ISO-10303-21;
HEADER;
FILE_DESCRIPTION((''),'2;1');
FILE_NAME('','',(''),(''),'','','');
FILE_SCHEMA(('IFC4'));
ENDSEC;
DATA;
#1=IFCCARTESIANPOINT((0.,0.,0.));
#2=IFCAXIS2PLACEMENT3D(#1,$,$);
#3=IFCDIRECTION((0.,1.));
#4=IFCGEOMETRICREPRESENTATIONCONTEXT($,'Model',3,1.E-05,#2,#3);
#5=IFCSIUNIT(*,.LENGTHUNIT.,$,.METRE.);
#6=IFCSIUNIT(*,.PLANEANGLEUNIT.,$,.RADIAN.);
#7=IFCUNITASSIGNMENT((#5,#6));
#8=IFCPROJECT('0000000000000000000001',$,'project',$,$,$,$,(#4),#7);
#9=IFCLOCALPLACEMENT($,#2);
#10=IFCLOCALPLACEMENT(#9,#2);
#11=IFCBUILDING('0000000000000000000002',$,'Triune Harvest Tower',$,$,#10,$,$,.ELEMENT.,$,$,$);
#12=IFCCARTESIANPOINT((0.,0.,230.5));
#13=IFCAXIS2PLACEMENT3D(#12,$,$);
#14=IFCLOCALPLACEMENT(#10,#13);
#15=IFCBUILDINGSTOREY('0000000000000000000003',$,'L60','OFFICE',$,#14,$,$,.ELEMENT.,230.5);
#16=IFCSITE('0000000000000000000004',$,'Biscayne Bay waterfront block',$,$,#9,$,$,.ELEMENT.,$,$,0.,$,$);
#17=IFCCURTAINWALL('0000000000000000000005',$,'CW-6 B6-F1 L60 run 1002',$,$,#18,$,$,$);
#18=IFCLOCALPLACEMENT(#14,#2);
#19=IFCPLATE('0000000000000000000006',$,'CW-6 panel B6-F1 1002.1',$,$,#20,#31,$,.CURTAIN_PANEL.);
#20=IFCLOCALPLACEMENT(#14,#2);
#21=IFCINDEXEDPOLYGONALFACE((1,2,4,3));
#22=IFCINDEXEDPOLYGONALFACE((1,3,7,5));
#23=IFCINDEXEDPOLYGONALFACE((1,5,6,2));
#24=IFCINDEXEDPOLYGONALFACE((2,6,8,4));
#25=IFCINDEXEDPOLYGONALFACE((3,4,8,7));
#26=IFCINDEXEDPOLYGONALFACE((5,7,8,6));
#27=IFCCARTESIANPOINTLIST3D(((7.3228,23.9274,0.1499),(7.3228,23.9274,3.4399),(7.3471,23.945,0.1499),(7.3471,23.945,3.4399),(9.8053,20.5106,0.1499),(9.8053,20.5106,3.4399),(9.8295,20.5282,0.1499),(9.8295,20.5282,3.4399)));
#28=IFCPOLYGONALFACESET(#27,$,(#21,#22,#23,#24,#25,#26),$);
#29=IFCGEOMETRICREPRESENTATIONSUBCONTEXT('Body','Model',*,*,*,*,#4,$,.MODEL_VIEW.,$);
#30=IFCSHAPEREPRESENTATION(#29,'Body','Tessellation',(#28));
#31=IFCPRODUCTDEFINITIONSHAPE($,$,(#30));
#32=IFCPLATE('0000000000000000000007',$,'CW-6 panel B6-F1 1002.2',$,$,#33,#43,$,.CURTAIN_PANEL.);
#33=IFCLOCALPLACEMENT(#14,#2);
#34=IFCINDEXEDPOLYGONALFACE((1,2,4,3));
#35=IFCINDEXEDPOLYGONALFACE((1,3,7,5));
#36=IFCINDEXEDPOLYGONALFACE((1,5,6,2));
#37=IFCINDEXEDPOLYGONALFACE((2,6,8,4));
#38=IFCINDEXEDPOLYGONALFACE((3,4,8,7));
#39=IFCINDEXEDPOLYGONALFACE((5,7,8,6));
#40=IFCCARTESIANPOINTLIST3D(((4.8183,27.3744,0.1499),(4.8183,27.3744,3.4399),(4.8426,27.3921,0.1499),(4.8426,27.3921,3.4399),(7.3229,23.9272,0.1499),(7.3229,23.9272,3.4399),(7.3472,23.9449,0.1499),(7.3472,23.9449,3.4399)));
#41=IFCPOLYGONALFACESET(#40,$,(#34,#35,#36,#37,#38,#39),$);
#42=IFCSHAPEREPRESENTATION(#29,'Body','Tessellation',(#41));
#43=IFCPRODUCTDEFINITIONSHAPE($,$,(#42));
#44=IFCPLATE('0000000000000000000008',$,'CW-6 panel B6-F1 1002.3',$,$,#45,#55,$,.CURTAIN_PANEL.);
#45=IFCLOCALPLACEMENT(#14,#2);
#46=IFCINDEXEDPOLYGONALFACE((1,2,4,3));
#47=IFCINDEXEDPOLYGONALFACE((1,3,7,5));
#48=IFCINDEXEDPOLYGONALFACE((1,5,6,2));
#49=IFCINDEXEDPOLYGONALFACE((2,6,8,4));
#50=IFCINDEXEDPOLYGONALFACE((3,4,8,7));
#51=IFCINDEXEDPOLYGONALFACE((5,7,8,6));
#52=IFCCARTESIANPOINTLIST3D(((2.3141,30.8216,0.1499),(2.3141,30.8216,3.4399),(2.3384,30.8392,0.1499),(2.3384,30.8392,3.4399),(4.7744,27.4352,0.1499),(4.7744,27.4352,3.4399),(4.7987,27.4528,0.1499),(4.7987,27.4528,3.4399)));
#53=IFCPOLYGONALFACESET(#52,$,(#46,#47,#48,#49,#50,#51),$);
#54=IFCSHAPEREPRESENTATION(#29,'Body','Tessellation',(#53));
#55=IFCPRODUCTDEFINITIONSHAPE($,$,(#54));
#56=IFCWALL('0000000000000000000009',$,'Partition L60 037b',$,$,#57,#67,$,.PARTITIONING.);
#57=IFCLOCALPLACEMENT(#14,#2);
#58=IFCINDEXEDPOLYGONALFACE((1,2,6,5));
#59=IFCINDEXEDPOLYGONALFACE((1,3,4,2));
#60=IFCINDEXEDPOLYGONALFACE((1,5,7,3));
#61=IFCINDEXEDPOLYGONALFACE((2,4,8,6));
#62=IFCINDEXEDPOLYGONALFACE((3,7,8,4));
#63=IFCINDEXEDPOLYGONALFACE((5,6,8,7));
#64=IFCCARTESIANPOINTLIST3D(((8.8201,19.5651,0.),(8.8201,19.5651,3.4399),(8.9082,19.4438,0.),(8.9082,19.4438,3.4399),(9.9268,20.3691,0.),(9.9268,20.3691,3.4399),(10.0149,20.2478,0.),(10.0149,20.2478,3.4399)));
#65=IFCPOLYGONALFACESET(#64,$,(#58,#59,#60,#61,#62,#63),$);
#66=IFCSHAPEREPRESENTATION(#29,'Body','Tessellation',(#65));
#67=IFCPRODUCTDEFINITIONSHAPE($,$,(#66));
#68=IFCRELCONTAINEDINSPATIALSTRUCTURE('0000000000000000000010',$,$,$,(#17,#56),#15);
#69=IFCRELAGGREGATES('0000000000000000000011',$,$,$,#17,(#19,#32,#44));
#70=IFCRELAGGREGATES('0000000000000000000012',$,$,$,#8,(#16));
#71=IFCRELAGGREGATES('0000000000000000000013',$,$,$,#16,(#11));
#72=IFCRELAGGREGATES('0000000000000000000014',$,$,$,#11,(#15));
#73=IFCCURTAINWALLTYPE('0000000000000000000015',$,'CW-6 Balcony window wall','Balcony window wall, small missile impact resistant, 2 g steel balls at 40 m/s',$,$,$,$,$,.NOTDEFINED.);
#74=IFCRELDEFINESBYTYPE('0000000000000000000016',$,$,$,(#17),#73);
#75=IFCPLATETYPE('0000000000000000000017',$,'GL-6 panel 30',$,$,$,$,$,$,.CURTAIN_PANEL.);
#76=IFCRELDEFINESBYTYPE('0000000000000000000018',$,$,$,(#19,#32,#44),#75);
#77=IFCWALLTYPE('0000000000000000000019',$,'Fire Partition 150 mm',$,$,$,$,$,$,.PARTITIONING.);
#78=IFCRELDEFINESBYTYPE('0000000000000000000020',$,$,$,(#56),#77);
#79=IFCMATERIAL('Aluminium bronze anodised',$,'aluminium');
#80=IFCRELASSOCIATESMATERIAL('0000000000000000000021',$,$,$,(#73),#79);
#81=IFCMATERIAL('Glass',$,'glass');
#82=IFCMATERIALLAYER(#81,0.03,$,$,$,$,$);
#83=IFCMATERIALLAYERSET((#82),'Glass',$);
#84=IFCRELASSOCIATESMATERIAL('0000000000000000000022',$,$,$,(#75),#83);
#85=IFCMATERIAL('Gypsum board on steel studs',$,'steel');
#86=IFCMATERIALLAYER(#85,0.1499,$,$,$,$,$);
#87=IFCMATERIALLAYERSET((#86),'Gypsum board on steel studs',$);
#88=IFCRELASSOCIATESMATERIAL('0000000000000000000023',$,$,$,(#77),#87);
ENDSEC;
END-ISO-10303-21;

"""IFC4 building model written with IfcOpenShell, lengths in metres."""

from ifc_helpers import new_model, si_unit, direction, frame, frame_2d, origin, origin_2d, place, context, subcontext, project, spatial, rectangle, extrude, source, transform, mapped, material, layer, layer_set, type_object, element, aggregate, save


model = new_model("IFC4")

# Units and contexts
model_context = context("Model", 3, precision=1e-05, world=origin(), true_north=direction((0.0, 1.0)))
body_context = subcontext(model_context, "Body", "Model", "MODEL_VIEW")
ifc_project = project(units=[si_unit("LENGTHUNIT", "METRE"), si_unit("PLANEANGLEUNIT", "RADIAN")], contexts=[model_context])

# Site, building, storey
site_placement = place(None, origin())
site = spatial("IfcSite", under=ifc_project, at=site_placement, Name="Biscayne Bay waterfront block", CompositionType="ELEMENT", RefElevation=0.0)
building_placement = place(site_placement, origin())
building = spatial("IfcBuilding", under=site, at=building_placement, Name="Triune Harvest Tower", CompositionType="ELEMENT")
storey_placement = place(building_placement, frame((0.0, 0.0, 230.5)))
storey = spatial("IfcBuildingStorey", under=building, at=storey_placement, Name="L60", Description="OFFICE", CompositionType="ELEMENT", Elevation=230.5)

# Curtain wall
ifc_material_1 = material(Name="Aluminium bronze anodised", Category="aluminium")
curtain_wall_type_1 = type_object("IfcCurtainWallType", Name="CW-6 Balcony window wall", Description="Balcony window wall, small missile impact resistant, 2 g steel balls at 40 m/s", PredefinedType="NOTDEFINED", material=ifc_material_1)
curtain_wall_1_placement = place(storey_placement, origin())
curtain_wall_1 = element("IfcCurtainWall", 1, at=curtain_wall_1_placement, inside=storey, type_object=curtain_wall_type_1, Name="CW-6 B6-F1 L60 run 1002")

# Plates
ifc_material_2 = material(Name="Glass", Category="glass")
ifc_layer_1 = layer(ifc_material_2, 0.03)
ifc_layer_set_1 = layer_set([ifc_layer_1], Name="Glass")
plate_type_1 = type_object("IfcPlateType", Name="GL-6 panel 30", PredefinedType="CURTAIN_PANEL", material=ifc_layer_set_1)
shared_shape_1 = source(origin(), body_context, "Body", "SweptSolid", [
    extrude(rectangle(XDim=4.2234, YDim=0.03, at=origin_2d()), origin(), (0.0, 0.0, 1.0), 3.29),
])
plate_1_placement = place(storey_placement, frame((8.5762, 22.2278, 0.1499), z_axis=(0.0, 0.0, 1.0), x_axis=(-0.587787, 0.809016, 0.0)))
plate_1 = element("IfcPlate", 2, at=plate_1_placement, type_object=plate_type_1, Name="CW-6 panel B6-F1 1002.1", PredefinedType="CURTAIN_PANEL", context=body_context, shape_type="MappedRepresentation", body=[
    mapped(shared_shape_1, transform((0.0, 0.0, 0.0), scale=1.0)),
])
shared_shape_2 = source(origin(), body_context, "Body", "SweptSolid", [
    extrude(rectangle(XDim=4.261, YDim=0.03, at=origin_2d()), origin(), (0.0, 0.0, 1.0), 3.29),
])
plate_2_placement = place(storey_placement, frame((6.0828, 25.6597, 0.1499), z_axis=(0.0, 0.0, 1.0), x_axis=(-0.587787, 0.809016, 0.0)))
plate_2 = element("IfcPlate", 3, at=plate_2_placement, type_object=plate_type_1, Name="CW-6 panel B6-F1 1002.2", PredefinedType="CURTAIN_PANEL", context=body_context, shape_type="MappedRepresentation", body=[
    mapped(shared_shape_2, transform((0.0, 0.0, 0.0), scale=1.0)),
])
shared_shape_3 = source(origin(), body_context, "Body", "SweptSolid", [
    extrude(rectangle(XDim=4.1858, YDim=0.03, at=origin_2d()), origin(), (0.0, 0.0, 1.0), 3.29),
])
plate_3_placement = place(storey_placement, frame((3.5564, 29.1372, 0.1499), z_axis=(0.0, 0.0, 1.0), x_axis=(-0.587787, 0.809016, 0.0)))
plate_3 = element("IfcPlate", 4, at=plate_3_placement, type_object=plate_type_1, Name="CW-6 panel B6-F1 1002.3", PredefinedType="CURTAIN_PANEL", context=body_context, shape_type="MappedRepresentation", body=[
    mapped(shared_shape_3, transform((0.0, 0.0, 0.0), scale=1.0)),
])
aggregate(curtain_wall_1, [plate_1, plate_2, plate_3])

# Wall
ifc_material_3 = material(Name="Gypsum board on steel studs", Category="steel")
ifc_layer_2 = layer(ifc_material_3, 0.1499)
ifc_layer_set_2 = layer_set([ifc_layer_2], Name="Gypsum board on steel studs")
wall_type = type_object("IfcWallType", Name="Fire Partition 150 mm", PredefinedType="PARTITIONING", material=ifc_layer_set_2)
shared_shape_4 = source(origin(), body_context, "Body", "SweptSolid", [
    extrude(rectangle(XDim=1.3679, YDim=0.1499, at=frame_2d((0.6841, 0.0))), origin(), (0.0, 0.0, 1.0), 3.4399),
])
wall_placement = place(storey_placement, frame((8.864, 19.5044, 0.0), z_axis=(0.0, 0.0, 1.0), x_axis=(0.809052, 0.587737, 0.0)))
element("IfcWall", 5, at=wall_placement, inside=storey, type_object=wall_type, Name="Partition L60 037b", PredefinedType="PARTITIONING", context=body_context, shape_type="MappedRepresentation", body=[
    mapped(shared_shape_4, transform((0.0, 0.0, 0.0), scale=1.0)),
])

save(model, "model.ifc")
